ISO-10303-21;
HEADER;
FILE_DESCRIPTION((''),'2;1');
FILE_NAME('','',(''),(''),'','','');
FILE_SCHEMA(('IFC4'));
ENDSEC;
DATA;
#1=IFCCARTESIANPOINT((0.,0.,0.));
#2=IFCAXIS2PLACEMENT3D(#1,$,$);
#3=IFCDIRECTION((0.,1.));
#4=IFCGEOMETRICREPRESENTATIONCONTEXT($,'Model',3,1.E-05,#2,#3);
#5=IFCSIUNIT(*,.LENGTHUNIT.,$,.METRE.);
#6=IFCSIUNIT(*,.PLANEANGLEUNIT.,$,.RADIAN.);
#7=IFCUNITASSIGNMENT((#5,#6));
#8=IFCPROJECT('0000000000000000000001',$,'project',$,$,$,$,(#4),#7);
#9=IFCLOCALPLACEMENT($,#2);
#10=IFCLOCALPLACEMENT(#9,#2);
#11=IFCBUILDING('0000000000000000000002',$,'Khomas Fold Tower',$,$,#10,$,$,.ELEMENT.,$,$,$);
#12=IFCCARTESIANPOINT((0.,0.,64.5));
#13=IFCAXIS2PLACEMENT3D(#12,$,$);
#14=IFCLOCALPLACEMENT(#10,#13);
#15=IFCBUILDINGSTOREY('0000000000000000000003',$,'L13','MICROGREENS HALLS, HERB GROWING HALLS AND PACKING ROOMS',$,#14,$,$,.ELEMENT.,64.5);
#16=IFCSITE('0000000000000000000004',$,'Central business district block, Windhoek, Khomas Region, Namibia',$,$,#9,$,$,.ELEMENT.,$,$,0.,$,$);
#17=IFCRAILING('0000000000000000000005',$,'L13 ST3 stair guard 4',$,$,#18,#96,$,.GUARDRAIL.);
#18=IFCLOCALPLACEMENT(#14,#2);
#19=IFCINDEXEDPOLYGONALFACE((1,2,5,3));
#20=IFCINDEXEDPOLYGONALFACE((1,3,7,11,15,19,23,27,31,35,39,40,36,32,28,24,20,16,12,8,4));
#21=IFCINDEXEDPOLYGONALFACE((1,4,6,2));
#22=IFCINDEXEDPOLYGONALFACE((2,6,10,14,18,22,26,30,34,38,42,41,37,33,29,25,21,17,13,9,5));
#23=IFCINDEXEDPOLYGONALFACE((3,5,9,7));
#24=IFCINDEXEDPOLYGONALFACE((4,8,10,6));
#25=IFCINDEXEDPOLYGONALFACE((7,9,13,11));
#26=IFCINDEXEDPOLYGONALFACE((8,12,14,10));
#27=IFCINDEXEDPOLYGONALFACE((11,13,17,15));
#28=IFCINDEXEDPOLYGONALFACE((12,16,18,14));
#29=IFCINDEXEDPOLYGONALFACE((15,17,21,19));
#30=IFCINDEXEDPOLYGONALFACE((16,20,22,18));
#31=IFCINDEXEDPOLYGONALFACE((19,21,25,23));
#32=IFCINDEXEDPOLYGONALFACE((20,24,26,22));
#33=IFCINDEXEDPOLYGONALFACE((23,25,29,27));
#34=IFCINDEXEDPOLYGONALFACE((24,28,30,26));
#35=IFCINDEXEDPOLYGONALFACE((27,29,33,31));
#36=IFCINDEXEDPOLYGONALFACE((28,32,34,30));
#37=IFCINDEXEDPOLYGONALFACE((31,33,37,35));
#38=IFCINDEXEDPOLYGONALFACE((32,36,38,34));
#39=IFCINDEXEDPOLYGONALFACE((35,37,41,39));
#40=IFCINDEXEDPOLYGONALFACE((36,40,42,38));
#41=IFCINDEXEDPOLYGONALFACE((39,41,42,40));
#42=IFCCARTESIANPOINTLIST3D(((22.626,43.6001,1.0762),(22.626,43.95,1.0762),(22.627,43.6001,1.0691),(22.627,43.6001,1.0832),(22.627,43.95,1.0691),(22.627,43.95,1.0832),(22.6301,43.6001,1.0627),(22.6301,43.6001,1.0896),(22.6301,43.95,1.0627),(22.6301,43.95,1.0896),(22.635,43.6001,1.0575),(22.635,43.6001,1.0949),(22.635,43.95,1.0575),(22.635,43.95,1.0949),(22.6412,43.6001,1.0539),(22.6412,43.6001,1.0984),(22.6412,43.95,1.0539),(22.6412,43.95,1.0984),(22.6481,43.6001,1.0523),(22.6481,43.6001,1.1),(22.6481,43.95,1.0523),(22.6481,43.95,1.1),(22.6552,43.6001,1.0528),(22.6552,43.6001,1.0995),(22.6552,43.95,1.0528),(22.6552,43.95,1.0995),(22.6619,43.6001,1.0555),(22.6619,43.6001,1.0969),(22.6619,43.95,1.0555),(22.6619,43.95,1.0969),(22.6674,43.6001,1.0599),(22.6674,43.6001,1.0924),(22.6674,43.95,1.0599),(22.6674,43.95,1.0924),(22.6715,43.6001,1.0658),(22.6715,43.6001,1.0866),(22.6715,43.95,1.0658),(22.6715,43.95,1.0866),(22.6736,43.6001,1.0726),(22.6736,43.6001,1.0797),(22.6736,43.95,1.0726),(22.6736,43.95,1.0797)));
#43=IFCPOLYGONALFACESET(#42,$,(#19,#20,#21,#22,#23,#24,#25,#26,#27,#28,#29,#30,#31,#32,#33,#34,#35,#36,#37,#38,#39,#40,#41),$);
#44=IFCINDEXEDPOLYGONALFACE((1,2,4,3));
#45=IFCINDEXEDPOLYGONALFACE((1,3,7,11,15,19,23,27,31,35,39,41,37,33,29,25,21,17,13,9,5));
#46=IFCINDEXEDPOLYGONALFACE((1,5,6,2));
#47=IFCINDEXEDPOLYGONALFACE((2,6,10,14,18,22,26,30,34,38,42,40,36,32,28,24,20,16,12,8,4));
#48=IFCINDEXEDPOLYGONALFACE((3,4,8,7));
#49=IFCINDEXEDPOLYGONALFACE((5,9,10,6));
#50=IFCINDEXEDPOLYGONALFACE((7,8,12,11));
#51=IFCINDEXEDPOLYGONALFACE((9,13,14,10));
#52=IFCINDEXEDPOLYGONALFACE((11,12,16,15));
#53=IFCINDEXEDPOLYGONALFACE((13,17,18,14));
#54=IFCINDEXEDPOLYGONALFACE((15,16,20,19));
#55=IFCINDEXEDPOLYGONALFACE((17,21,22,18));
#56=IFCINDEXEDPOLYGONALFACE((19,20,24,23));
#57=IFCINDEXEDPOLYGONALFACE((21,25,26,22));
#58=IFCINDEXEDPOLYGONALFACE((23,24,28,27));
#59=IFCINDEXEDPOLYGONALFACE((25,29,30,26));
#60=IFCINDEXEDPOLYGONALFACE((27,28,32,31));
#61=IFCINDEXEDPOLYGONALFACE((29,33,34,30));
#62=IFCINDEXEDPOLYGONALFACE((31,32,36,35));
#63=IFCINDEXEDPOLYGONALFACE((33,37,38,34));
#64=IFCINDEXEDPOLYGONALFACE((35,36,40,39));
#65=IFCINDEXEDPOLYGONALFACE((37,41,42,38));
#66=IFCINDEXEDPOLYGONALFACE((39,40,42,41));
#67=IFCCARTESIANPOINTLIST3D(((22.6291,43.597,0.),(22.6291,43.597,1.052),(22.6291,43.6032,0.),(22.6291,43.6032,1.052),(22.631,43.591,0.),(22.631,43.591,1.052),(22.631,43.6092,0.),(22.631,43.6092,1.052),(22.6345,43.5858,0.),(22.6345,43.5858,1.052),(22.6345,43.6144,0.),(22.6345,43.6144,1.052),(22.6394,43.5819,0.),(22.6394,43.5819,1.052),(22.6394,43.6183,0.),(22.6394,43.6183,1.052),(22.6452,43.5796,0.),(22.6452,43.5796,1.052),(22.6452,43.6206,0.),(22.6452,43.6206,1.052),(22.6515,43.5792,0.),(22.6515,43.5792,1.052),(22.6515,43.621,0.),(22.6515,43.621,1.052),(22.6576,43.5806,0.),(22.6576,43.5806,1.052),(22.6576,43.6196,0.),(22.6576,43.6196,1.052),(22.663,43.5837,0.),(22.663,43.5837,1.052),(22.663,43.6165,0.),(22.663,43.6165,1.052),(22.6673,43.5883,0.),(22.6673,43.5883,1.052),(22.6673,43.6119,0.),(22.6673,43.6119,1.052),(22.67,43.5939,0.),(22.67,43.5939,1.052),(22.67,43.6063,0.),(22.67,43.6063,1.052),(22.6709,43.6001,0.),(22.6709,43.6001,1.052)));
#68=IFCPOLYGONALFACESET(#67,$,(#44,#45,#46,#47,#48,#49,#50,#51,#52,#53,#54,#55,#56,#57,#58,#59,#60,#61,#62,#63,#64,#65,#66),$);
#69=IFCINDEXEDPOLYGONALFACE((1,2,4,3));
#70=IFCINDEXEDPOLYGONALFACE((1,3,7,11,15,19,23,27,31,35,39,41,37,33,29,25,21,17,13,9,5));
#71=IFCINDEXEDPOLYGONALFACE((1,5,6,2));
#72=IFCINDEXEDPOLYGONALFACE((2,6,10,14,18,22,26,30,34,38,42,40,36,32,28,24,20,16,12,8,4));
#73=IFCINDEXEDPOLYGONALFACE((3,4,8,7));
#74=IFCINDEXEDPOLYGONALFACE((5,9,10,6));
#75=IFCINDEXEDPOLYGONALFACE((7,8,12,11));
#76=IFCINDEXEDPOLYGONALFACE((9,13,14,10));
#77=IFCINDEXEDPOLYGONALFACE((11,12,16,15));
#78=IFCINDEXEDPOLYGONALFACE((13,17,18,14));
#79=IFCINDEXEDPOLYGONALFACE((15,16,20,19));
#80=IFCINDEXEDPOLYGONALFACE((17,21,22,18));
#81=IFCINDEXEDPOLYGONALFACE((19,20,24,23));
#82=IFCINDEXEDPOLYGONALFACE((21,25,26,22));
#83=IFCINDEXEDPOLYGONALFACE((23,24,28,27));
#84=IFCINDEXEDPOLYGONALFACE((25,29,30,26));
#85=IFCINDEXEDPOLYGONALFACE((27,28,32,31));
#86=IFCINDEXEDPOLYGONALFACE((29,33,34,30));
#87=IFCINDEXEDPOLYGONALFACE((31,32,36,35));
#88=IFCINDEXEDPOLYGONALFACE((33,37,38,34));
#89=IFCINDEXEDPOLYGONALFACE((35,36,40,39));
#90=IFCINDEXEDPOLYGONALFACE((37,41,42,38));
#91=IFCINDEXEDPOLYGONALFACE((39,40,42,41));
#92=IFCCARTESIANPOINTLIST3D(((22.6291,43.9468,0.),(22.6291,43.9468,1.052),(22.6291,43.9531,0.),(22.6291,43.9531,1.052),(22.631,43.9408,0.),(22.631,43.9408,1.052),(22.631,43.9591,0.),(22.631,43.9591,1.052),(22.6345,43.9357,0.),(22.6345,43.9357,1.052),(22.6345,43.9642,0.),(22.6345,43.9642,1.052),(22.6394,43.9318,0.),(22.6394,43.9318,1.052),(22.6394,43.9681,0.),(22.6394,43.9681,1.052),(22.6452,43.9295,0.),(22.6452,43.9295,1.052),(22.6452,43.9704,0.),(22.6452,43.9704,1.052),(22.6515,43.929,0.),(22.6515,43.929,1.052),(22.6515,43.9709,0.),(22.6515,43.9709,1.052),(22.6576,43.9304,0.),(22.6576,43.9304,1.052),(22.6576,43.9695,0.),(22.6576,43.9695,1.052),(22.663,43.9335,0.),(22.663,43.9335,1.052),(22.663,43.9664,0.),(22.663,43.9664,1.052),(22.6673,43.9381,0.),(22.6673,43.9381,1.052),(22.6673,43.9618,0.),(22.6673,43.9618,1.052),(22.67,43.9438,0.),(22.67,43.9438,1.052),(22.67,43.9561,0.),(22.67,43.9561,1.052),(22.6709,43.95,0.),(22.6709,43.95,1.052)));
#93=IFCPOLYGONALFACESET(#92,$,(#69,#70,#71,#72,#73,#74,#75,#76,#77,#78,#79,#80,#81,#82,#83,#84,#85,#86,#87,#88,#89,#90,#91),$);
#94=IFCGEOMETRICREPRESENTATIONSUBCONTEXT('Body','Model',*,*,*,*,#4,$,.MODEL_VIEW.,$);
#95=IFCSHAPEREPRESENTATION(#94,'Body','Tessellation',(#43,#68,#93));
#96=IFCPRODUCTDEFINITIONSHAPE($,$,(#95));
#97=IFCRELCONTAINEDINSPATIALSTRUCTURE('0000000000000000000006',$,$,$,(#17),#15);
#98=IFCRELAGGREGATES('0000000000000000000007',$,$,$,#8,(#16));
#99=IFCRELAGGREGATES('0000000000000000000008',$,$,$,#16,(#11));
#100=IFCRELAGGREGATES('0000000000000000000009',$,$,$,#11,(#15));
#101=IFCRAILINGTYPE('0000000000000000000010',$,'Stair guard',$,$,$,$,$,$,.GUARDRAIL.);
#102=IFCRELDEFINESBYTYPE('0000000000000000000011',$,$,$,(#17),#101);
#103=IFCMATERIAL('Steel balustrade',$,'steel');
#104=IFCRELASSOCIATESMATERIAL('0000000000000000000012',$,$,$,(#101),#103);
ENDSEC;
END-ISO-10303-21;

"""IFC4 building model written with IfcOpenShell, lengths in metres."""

from ifc_helpers import new_model, si_unit, direction, frame, origin, origin_2d, place, context, subcontext, project, spatial, circle, extrude, source, transform, mapped, material, type_object, element, save


model = new_model("IFC4")

# Units and contexts
model_context = context("Model", 3, precision=1e-05, world=origin(), true_north=direction((0.0, 1.0)))
body_context = subcontext(model_context, "Body", "Model", "MODEL_VIEW")
ifc_project = project(units=[si_unit("LENGTHUNIT", "METRE"), si_unit("PLANEANGLEUNIT", "RADIAN")], contexts=[model_context])

# Site, building, storey
site_placement = place(None, origin())
site = spatial("IfcSite", under=ifc_project, at=site_placement, Name="Central business district block, Windhoek, Khomas Region, Namibia", CompositionType="ELEMENT", RefElevation=0.0)
building_placement = place(site_placement, origin())
building = spatial("IfcBuilding", under=site, at=building_placement, Name="Khomas Fold Tower", CompositionType="ELEMENT")
storey_placement = place(building_placement, frame((0.0, 0.0, 64.5)))
storey = spatial("IfcBuildingStorey", under=building, at=storey_placement, Name="L13", Description="MICROGREENS HALLS, HERB GROWING HALLS AND PACKING ROOMS", CompositionType="ELEMENT", Elevation=64.5)

# Railing
ifc_material_1 = material(Name="Steel balustrade", Category="steel")
railing_type_1 = type_object("IfcRailingType", Name="Stair guard", PredefinedType="GUARDRAIL", material=ifc_material_1)
shared_shape_1 = source(origin(), body_context, "Body", "SweptSolid", [
    extrude(circle(Radius=0.0239, at=origin_2d()), frame((0.0, 0.0, 1.0762), z_axis=(0.0, 1.0, 0.0), x_axis=(-1.0, 0.0, 0.0)), (0.0, 0.0, 1.0), 0.3499),
    extrude(circle(Radius=0.021, at=origin_2d()), origin(), (0.0, 0.0, 1.0), 1.052),
    extrude(circle(Radius=0.021, at=origin_2d()), frame((0.0, 0.3499, 0.0)), (0.0, 0.0, 1.0), 1.052),
])
for number, where, name in (
    (1, (22.6499, 43.6001, 0.0), "L13 ST3 stair guard 4"),
):
    element("IfcRailing", number, at=place(storey_placement, frame(where)), inside=storey, type_object=railing_type_1, Name=name, PredefinedType="GUARDRAIL", context=body_context, shape_type="MappedRepresentation", body=[
        mapped(shared_shape_1, transform((0.0, 0.0, 0.0))),
    ])

save(model, "model.ifc")
